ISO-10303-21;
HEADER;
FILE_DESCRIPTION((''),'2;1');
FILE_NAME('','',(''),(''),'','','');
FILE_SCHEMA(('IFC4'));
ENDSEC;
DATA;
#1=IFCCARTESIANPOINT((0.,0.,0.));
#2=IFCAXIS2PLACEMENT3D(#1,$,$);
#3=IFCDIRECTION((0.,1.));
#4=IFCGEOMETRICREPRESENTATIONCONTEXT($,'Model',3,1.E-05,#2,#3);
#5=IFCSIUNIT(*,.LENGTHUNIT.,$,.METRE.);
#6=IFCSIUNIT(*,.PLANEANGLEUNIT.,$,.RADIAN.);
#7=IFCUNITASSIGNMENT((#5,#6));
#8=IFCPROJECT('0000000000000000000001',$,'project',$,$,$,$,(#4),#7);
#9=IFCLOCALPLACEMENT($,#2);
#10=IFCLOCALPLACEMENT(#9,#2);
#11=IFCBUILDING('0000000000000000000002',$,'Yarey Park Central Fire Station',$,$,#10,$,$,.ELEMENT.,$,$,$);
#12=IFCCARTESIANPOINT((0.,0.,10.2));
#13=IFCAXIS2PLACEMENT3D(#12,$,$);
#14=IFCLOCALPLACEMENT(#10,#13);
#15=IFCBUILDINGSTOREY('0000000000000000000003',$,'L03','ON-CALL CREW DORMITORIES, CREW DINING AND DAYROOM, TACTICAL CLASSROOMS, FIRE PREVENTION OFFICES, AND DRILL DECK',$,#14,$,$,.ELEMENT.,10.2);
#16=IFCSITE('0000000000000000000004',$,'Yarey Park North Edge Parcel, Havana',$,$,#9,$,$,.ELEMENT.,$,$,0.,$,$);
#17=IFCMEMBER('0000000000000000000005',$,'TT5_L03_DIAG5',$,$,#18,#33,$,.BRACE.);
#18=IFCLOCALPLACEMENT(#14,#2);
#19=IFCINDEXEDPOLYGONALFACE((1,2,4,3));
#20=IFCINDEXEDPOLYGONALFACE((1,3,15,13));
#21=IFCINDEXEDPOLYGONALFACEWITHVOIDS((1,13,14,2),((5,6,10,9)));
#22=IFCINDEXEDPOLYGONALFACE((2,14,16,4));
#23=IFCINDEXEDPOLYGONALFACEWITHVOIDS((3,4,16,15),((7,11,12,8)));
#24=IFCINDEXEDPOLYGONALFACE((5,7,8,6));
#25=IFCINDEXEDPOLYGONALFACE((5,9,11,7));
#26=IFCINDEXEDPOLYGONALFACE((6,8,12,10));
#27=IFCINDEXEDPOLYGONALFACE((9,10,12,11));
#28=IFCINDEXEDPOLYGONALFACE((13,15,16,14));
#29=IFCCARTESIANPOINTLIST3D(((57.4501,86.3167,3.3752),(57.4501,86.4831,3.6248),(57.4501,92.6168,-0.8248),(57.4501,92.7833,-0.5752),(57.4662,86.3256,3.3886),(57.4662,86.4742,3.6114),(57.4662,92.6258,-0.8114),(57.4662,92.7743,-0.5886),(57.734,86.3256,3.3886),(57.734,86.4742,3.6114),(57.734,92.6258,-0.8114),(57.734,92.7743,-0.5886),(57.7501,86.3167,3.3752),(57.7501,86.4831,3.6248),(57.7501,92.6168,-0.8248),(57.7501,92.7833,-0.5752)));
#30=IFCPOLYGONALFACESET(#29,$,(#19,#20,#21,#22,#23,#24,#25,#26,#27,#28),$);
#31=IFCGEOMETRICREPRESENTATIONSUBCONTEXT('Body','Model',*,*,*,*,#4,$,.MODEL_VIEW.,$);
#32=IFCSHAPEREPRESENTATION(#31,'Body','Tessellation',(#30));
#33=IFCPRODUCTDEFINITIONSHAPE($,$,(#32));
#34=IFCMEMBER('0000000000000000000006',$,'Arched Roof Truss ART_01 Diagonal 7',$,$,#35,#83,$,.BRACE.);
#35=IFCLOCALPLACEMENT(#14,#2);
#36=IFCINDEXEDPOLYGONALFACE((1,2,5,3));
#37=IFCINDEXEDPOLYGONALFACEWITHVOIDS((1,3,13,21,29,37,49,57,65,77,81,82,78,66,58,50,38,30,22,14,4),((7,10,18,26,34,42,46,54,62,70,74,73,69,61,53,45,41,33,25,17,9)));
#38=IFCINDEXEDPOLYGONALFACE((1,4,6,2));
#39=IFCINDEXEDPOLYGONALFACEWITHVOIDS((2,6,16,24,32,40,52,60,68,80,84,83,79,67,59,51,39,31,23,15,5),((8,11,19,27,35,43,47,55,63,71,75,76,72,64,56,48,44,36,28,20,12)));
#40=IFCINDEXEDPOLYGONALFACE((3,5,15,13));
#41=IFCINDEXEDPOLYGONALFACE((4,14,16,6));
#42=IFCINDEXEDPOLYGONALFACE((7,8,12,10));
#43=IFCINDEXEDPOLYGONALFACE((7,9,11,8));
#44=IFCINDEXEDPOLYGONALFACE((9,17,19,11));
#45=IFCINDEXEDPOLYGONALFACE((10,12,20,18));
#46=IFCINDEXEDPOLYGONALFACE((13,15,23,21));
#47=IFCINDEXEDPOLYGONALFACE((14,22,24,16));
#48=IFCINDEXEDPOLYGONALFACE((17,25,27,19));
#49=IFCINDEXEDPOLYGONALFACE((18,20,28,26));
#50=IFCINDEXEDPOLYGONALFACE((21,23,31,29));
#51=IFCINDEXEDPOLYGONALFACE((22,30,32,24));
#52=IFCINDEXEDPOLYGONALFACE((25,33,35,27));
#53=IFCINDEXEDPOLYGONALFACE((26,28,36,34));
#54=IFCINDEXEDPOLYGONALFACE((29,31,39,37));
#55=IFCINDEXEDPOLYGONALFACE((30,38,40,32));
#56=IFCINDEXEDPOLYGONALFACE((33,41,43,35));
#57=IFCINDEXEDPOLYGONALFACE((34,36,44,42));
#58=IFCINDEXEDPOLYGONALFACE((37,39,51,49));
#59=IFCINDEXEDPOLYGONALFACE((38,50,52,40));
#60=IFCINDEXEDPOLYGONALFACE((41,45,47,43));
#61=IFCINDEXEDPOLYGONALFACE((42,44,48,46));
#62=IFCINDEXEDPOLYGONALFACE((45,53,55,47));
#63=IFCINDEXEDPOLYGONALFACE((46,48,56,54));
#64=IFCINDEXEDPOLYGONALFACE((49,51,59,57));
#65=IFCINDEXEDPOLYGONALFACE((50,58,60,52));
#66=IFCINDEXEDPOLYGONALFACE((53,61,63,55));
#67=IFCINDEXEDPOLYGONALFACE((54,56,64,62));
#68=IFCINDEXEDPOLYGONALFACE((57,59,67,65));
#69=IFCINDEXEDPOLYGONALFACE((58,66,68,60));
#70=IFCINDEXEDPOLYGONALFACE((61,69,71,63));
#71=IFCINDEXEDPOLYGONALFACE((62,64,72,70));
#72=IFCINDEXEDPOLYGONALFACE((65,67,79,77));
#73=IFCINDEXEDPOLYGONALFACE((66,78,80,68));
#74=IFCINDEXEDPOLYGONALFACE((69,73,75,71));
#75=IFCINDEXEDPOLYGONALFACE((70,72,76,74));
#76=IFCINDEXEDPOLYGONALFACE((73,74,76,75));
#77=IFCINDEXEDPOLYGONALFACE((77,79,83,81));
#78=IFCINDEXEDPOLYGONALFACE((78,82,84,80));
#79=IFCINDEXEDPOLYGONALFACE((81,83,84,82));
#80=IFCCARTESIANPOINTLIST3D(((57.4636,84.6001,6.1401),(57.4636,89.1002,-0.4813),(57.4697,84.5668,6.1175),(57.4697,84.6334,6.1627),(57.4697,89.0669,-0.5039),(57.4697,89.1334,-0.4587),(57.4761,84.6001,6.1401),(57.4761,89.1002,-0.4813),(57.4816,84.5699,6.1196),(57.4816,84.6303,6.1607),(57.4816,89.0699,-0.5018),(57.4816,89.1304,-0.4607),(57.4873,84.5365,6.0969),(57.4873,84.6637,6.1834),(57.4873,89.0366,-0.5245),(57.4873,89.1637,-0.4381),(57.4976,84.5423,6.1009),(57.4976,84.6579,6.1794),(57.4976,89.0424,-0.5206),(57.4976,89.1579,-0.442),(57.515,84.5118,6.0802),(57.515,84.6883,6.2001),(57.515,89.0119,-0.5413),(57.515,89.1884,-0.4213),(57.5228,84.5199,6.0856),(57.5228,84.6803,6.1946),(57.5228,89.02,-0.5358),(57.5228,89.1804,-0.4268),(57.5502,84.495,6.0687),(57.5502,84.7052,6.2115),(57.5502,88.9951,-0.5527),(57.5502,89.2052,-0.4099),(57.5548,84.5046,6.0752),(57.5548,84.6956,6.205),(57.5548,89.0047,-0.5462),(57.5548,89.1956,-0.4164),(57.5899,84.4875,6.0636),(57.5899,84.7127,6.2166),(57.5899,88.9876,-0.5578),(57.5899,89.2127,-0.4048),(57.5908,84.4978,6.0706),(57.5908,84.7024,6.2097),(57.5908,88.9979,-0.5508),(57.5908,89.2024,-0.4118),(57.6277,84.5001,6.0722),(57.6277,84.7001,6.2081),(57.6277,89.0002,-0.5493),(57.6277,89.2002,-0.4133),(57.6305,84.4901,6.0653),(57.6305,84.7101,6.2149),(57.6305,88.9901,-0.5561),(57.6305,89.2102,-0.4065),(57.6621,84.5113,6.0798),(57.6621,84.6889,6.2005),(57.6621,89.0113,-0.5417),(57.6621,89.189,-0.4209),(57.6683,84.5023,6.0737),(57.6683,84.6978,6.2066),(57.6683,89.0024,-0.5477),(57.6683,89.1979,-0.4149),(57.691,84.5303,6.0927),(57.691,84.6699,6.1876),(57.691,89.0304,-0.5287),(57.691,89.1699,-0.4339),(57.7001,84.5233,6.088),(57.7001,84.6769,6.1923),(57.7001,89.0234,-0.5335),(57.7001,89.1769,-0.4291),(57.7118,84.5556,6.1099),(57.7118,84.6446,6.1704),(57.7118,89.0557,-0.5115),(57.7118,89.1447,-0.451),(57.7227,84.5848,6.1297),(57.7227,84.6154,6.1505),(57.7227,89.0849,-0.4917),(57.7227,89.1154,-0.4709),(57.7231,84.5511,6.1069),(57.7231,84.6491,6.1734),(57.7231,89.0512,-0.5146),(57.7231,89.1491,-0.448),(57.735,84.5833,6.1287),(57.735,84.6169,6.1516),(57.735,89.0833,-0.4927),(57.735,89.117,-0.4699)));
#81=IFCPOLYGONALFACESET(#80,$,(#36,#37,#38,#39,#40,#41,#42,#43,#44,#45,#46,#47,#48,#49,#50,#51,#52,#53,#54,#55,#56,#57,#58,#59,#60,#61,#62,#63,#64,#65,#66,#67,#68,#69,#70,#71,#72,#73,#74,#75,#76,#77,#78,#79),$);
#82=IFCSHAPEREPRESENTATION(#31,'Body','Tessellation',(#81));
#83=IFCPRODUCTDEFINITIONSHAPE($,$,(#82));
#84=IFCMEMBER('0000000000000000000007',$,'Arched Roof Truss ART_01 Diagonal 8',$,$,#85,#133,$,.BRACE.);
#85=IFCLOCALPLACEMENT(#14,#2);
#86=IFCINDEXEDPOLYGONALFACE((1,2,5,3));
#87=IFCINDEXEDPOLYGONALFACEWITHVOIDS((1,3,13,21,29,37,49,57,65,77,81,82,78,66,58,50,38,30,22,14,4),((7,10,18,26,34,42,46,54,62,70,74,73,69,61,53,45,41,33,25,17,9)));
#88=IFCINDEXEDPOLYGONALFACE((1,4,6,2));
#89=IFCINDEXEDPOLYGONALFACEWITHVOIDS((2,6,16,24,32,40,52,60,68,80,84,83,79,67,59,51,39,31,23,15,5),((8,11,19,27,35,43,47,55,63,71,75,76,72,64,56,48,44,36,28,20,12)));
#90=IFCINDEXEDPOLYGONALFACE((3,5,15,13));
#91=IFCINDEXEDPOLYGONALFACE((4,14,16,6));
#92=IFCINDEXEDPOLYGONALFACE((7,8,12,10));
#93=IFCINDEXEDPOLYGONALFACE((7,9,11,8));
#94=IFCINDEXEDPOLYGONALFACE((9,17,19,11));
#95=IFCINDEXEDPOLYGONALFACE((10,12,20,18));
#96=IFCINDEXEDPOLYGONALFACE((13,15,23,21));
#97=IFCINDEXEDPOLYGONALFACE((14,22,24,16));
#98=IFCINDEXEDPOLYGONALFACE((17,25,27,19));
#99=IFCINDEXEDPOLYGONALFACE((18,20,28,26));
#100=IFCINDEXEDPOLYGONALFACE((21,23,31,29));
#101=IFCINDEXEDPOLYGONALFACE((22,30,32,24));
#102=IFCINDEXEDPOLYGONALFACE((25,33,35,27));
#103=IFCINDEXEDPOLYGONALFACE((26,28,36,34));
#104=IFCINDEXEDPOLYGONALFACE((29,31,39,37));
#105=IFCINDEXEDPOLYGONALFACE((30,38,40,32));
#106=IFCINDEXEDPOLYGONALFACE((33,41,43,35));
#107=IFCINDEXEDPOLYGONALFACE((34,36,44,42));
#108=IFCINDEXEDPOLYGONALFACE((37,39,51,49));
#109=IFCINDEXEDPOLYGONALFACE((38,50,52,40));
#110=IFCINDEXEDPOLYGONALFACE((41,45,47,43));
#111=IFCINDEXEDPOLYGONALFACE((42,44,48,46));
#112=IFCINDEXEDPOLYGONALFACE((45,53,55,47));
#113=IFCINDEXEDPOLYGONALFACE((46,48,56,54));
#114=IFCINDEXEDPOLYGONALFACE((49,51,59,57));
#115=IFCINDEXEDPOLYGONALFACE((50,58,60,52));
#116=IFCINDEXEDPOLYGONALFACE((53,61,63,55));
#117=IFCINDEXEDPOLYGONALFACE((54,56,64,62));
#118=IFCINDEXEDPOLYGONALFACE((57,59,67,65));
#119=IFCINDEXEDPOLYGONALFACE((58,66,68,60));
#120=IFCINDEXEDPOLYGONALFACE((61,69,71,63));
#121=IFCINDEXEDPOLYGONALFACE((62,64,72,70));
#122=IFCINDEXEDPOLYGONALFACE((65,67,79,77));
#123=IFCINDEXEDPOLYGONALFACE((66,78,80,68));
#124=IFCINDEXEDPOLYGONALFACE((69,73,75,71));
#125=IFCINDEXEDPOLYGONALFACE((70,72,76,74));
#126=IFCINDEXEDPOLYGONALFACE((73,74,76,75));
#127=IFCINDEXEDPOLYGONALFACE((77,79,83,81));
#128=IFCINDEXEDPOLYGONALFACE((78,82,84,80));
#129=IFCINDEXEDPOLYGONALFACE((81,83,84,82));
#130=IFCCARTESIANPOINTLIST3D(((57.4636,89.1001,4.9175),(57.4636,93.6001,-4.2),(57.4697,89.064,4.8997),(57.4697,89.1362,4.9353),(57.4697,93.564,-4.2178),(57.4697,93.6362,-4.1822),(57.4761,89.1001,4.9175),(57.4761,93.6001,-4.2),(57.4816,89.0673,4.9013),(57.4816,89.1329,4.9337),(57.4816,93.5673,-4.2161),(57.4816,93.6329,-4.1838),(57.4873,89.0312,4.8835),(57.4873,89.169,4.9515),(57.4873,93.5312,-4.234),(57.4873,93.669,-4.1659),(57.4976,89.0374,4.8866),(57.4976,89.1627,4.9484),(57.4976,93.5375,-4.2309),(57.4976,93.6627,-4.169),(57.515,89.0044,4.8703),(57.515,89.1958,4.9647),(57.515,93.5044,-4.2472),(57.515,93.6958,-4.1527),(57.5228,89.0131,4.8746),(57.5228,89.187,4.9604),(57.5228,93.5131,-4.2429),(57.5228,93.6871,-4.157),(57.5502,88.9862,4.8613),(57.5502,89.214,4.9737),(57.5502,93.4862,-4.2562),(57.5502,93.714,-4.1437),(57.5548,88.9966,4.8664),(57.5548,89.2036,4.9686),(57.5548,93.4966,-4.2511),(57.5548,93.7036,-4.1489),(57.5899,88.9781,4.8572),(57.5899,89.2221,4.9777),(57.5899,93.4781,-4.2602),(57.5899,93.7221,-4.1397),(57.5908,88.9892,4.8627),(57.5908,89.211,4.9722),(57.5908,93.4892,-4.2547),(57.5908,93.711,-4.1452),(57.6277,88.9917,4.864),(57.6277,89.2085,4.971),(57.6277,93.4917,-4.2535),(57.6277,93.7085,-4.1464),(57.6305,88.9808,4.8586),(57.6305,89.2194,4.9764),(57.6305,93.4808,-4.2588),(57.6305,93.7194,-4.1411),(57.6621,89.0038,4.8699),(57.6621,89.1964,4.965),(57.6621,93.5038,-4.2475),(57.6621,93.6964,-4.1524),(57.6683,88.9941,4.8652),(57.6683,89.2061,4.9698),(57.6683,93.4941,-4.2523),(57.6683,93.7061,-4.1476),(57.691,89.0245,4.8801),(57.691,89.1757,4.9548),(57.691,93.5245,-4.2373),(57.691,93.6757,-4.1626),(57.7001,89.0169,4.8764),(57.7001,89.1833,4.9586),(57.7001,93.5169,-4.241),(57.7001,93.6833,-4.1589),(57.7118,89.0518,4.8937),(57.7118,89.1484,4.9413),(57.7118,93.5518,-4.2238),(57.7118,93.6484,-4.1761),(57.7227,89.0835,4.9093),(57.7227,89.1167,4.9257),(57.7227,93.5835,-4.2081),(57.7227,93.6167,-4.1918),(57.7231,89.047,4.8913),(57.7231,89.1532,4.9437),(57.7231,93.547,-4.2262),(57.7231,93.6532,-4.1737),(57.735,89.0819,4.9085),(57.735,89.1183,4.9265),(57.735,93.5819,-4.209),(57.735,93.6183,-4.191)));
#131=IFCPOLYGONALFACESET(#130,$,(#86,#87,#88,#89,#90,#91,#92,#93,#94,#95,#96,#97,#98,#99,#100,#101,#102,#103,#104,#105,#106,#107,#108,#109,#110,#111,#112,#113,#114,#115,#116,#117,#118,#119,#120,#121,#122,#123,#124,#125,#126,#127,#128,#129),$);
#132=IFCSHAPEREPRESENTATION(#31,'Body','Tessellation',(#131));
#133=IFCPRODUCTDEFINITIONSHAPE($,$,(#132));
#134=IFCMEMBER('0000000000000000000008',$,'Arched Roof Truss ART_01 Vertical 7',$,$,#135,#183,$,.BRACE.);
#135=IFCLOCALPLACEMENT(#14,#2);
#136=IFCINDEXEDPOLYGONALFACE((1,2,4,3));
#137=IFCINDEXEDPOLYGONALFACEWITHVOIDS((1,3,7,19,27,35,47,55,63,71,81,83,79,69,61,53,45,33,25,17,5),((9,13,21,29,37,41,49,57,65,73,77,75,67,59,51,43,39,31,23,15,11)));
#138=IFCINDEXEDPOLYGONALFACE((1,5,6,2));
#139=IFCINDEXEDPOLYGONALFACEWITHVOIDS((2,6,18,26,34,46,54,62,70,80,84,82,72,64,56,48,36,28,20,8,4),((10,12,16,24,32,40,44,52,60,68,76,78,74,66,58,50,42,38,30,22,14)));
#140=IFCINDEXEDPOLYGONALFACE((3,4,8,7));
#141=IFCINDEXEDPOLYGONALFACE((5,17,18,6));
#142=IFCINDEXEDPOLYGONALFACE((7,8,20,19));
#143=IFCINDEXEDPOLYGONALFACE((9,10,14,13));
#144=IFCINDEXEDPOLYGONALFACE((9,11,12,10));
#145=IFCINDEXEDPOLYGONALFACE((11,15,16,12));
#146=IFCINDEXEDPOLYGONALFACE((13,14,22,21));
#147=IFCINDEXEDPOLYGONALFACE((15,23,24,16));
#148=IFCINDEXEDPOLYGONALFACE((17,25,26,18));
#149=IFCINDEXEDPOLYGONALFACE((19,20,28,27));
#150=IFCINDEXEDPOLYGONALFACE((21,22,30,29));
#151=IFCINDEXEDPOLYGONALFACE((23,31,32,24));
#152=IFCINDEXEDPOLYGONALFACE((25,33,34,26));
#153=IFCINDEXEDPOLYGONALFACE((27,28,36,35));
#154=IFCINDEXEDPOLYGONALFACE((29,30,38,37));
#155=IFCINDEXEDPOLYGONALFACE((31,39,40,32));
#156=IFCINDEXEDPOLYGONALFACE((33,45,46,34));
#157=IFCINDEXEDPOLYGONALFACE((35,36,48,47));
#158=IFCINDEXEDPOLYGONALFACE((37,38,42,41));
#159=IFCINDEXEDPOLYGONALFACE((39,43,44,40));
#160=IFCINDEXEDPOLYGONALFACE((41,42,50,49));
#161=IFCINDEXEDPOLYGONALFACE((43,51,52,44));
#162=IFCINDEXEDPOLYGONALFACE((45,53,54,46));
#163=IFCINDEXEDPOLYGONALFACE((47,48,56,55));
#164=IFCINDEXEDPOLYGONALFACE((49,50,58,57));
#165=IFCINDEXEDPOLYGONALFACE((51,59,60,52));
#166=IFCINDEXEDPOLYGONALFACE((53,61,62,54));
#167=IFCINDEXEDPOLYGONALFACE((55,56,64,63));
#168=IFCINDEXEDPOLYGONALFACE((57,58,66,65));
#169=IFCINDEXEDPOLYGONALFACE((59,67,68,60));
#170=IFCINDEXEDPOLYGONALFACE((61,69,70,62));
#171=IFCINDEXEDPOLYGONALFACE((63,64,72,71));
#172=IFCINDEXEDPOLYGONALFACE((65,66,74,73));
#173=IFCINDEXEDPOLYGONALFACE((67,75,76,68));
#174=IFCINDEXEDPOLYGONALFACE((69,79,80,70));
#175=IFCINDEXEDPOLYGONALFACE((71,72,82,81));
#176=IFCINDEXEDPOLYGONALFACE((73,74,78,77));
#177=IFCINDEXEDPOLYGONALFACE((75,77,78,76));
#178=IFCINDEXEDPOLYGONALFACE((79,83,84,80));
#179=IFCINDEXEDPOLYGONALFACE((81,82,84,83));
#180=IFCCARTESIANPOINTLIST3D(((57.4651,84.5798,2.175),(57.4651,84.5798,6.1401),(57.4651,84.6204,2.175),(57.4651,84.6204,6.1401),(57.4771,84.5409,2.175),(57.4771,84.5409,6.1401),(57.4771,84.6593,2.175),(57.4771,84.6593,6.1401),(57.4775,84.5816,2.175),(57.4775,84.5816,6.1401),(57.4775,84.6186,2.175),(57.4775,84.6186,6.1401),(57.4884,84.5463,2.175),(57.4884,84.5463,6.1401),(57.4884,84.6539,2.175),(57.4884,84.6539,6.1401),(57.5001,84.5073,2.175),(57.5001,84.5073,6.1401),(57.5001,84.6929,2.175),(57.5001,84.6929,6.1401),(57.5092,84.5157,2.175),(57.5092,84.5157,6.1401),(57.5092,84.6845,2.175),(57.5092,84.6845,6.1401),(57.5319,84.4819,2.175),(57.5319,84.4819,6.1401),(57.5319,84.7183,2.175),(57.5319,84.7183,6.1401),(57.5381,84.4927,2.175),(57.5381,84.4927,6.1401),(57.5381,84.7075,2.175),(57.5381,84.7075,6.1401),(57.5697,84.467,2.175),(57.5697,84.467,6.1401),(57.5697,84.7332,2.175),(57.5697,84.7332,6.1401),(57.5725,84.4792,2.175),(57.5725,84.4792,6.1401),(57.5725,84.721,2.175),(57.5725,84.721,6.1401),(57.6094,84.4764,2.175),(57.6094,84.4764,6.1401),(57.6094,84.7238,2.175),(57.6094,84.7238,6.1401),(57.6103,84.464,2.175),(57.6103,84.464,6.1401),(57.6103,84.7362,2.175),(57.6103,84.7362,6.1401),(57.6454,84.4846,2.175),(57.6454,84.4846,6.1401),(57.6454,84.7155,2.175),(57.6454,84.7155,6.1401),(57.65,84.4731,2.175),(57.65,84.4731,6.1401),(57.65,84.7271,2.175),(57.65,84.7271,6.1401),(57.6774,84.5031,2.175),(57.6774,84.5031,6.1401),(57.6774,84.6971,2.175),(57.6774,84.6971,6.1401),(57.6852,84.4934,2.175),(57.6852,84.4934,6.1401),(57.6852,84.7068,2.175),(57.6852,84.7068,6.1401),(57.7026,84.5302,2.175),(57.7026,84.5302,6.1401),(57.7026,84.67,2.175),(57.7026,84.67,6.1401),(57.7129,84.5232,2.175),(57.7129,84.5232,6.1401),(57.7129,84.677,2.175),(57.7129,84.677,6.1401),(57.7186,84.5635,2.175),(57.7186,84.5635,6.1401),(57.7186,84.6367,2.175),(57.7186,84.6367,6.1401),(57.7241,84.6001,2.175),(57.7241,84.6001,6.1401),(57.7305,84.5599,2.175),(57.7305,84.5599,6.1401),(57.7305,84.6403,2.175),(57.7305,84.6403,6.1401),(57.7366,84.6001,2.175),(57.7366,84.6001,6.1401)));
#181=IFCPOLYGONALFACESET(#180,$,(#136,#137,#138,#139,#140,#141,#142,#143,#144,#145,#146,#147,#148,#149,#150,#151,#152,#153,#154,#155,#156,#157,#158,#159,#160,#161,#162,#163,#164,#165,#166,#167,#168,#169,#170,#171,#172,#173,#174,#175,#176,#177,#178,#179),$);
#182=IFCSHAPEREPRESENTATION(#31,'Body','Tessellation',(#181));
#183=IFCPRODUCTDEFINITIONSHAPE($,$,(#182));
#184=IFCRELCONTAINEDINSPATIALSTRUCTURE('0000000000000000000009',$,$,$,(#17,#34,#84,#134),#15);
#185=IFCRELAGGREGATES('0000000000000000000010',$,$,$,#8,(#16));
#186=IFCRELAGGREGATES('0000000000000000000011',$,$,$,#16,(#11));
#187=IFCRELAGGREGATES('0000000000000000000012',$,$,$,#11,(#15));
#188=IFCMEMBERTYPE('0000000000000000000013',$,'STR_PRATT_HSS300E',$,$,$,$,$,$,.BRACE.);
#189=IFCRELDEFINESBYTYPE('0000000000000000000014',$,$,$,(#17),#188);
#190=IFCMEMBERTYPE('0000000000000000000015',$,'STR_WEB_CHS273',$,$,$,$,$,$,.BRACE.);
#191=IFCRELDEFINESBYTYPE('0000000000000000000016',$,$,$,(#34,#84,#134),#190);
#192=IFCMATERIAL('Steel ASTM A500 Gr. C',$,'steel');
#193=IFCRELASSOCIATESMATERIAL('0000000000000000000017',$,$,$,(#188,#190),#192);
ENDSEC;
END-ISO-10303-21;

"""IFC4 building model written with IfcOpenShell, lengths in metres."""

from ifc_helpers import new_model, si_unit, direction, frame, origin, origin_2d, place, context, subcontext, project, spatial, hollow_rectangle, hollow_circle, extrude, material, material_profile, profile_set, type_object, element, save


model = new_model("IFC4")

# Units and contexts
model_context = context("Model", 3, precision=1e-05, world=origin(), true_north=direction((0.0, 1.0)))
body_context = subcontext(model_context, "Body", "Model", "MODEL_VIEW")
ifc_project = project(units=[si_unit("LENGTHUNIT", "METRE"), si_unit("PLANEANGLEUNIT", "RADIAN")], contexts=[model_context])

# Site, building, storey
site_placement = place(None, origin())
site = spatial("IfcSite", under=ifc_project, at=site_placement, Name="Yarey Park North Edge Parcel, Havana", CompositionType="ELEMENT", RefElevation=0.0)
building_placement = place(site_placement, origin())
building = spatial("IfcBuilding", under=site, at=building_placement, Name="Yarey Park Central Fire Station", CompositionType="ELEMENT")
storey_placement = place(building_placement, frame((0.0, 0.0, 10.2)))
storey = spatial("IfcBuildingStorey", under=building, at=storey_placement, Name="L03", Description="ON-CALL CREW DORMITORIES, CREW DINING AND DAYROOM, TACTICAL CLASSROOMS, FIRE PREVENTION OFFICES, AND DRILL DECK", CompositionType="ELEMENT", Elevation=10.2)

# Shared definitions
ifc_material_1 = material(Name="Steel ASTM A500 Gr. C", Category="steel")

# Members
ifc_material_profile_1 = material_profile(ifc_material_1, hollow_rectangle(XDim=0.3, YDim=0.3, WallThickness=0.0161, at=origin_2d()), Name="HSS 300x300x16")
ifc_profile_set_1 = profile_set([ifc_material_profile_1], Name="Steel ASTM A500 Gr. C")
member_type_1 = type_object("IfcMemberType", Name="STR_PRATT_HSS300E", PredefinedType="BRACE", material=ifc_profile_set_1)
member_1_placement = place(storey_placement, frame((57.6001, 86.3999, 3.5), z_axis=(0.0, 0.832055, -0.554693), x_axis=(-1.0, 0.0, 0.0)))
element("IfcMember", 1, at=member_1_placement, inside=storey, type_object=member_type_1, Name="TT5_L03_DIAG5", PredefinedType="BRACE", context=body_context, shape_type="SweptSolid", body=[
    extrude(hollow_rectangle(XDim=0.3, YDim=0.3, WallThickness=0.0161, at=origin_2d()), origin(), (0.0, 0.0, 1.0), 7.5718),
])
ifc_material_profile_2 = material_profile(ifc_material_1, hollow_circle(Radius=0.1365, WallThickness=0.0125, at=origin_2d()), Name="CHS 273x12.5")
ifc_profile_set_2 = profile_set([ifc_material_profile_2], Name="Steel ASTM A500 Gr. C")
member_type_2 = type_object("IfcMemberType", Name="STR_WEB_CHS273", PredefinedType="BRACE", material=ifc_profile_set_2)
member_2_placement = place(storey_placement, frame((57.6001, 84.6001, 6.1401), z_axis=(0.0, 0.562096, -0.827072), x_axis=(-1.0, 0.0, 0.0)))
element("IfcMember", 2, at=member_2_placement, inside=storey, type_object=member_type_2, Name="Arched Roof Truss ART_01 Diagonal 7", PredefinedType="BRACE", context=body_context, shape_type="SweptSolid", body=[
    extrude(hollow_circle(Radius=0.1365, WallThickness=0.0125, at=origin_2d()), origin(), (0.0, 0.0, 1.0), 8.0059),
])
member_3_placement = place(storey_placement, frame((57.6001, 89.1001, 4.9175), z_axis=(0.0, 0.442588, -0.896725), x_axis=(-1.0, 0.0, 0.0)))
element("IfcMember", 3, at=member_3_placement, inside=storey, type_object=member_type_2, Name="Arched Roof Truss ART_01 Diagonal 8", PredefinedType="BRACE", context=body_context, shape_type="SweptSolid", body=[
    extrude(hollow_circle(Radius=0.1365, WallThickness=0.0125, at=origin_2d()), origin(), (0.0, 0.0, 1.0), 10.1675),
])
member_4_placement = place(storey_placement, frame((57.6001, 84.6001, 2.175), z_axis=(0.0, 0.0, 1.0), x_axis=(1.0, 0.0, 0.0)))
element("IfcMember", 4, at=member_4_placement, inside=storey, type_object=member_type_2, Name="Arched Roof Truss ART_01 Vertical 7", PredefinedType="BRACE", context=body_context, shape_type="SweptSolid", body=[
    extrude(hollow_circle(Radius=0.1365, WallThickness=0.0125, at=origin_2d()), origin(), (0.0, 0.0, 1.0), 3.9651),
])

save(model, "model.ifc")
